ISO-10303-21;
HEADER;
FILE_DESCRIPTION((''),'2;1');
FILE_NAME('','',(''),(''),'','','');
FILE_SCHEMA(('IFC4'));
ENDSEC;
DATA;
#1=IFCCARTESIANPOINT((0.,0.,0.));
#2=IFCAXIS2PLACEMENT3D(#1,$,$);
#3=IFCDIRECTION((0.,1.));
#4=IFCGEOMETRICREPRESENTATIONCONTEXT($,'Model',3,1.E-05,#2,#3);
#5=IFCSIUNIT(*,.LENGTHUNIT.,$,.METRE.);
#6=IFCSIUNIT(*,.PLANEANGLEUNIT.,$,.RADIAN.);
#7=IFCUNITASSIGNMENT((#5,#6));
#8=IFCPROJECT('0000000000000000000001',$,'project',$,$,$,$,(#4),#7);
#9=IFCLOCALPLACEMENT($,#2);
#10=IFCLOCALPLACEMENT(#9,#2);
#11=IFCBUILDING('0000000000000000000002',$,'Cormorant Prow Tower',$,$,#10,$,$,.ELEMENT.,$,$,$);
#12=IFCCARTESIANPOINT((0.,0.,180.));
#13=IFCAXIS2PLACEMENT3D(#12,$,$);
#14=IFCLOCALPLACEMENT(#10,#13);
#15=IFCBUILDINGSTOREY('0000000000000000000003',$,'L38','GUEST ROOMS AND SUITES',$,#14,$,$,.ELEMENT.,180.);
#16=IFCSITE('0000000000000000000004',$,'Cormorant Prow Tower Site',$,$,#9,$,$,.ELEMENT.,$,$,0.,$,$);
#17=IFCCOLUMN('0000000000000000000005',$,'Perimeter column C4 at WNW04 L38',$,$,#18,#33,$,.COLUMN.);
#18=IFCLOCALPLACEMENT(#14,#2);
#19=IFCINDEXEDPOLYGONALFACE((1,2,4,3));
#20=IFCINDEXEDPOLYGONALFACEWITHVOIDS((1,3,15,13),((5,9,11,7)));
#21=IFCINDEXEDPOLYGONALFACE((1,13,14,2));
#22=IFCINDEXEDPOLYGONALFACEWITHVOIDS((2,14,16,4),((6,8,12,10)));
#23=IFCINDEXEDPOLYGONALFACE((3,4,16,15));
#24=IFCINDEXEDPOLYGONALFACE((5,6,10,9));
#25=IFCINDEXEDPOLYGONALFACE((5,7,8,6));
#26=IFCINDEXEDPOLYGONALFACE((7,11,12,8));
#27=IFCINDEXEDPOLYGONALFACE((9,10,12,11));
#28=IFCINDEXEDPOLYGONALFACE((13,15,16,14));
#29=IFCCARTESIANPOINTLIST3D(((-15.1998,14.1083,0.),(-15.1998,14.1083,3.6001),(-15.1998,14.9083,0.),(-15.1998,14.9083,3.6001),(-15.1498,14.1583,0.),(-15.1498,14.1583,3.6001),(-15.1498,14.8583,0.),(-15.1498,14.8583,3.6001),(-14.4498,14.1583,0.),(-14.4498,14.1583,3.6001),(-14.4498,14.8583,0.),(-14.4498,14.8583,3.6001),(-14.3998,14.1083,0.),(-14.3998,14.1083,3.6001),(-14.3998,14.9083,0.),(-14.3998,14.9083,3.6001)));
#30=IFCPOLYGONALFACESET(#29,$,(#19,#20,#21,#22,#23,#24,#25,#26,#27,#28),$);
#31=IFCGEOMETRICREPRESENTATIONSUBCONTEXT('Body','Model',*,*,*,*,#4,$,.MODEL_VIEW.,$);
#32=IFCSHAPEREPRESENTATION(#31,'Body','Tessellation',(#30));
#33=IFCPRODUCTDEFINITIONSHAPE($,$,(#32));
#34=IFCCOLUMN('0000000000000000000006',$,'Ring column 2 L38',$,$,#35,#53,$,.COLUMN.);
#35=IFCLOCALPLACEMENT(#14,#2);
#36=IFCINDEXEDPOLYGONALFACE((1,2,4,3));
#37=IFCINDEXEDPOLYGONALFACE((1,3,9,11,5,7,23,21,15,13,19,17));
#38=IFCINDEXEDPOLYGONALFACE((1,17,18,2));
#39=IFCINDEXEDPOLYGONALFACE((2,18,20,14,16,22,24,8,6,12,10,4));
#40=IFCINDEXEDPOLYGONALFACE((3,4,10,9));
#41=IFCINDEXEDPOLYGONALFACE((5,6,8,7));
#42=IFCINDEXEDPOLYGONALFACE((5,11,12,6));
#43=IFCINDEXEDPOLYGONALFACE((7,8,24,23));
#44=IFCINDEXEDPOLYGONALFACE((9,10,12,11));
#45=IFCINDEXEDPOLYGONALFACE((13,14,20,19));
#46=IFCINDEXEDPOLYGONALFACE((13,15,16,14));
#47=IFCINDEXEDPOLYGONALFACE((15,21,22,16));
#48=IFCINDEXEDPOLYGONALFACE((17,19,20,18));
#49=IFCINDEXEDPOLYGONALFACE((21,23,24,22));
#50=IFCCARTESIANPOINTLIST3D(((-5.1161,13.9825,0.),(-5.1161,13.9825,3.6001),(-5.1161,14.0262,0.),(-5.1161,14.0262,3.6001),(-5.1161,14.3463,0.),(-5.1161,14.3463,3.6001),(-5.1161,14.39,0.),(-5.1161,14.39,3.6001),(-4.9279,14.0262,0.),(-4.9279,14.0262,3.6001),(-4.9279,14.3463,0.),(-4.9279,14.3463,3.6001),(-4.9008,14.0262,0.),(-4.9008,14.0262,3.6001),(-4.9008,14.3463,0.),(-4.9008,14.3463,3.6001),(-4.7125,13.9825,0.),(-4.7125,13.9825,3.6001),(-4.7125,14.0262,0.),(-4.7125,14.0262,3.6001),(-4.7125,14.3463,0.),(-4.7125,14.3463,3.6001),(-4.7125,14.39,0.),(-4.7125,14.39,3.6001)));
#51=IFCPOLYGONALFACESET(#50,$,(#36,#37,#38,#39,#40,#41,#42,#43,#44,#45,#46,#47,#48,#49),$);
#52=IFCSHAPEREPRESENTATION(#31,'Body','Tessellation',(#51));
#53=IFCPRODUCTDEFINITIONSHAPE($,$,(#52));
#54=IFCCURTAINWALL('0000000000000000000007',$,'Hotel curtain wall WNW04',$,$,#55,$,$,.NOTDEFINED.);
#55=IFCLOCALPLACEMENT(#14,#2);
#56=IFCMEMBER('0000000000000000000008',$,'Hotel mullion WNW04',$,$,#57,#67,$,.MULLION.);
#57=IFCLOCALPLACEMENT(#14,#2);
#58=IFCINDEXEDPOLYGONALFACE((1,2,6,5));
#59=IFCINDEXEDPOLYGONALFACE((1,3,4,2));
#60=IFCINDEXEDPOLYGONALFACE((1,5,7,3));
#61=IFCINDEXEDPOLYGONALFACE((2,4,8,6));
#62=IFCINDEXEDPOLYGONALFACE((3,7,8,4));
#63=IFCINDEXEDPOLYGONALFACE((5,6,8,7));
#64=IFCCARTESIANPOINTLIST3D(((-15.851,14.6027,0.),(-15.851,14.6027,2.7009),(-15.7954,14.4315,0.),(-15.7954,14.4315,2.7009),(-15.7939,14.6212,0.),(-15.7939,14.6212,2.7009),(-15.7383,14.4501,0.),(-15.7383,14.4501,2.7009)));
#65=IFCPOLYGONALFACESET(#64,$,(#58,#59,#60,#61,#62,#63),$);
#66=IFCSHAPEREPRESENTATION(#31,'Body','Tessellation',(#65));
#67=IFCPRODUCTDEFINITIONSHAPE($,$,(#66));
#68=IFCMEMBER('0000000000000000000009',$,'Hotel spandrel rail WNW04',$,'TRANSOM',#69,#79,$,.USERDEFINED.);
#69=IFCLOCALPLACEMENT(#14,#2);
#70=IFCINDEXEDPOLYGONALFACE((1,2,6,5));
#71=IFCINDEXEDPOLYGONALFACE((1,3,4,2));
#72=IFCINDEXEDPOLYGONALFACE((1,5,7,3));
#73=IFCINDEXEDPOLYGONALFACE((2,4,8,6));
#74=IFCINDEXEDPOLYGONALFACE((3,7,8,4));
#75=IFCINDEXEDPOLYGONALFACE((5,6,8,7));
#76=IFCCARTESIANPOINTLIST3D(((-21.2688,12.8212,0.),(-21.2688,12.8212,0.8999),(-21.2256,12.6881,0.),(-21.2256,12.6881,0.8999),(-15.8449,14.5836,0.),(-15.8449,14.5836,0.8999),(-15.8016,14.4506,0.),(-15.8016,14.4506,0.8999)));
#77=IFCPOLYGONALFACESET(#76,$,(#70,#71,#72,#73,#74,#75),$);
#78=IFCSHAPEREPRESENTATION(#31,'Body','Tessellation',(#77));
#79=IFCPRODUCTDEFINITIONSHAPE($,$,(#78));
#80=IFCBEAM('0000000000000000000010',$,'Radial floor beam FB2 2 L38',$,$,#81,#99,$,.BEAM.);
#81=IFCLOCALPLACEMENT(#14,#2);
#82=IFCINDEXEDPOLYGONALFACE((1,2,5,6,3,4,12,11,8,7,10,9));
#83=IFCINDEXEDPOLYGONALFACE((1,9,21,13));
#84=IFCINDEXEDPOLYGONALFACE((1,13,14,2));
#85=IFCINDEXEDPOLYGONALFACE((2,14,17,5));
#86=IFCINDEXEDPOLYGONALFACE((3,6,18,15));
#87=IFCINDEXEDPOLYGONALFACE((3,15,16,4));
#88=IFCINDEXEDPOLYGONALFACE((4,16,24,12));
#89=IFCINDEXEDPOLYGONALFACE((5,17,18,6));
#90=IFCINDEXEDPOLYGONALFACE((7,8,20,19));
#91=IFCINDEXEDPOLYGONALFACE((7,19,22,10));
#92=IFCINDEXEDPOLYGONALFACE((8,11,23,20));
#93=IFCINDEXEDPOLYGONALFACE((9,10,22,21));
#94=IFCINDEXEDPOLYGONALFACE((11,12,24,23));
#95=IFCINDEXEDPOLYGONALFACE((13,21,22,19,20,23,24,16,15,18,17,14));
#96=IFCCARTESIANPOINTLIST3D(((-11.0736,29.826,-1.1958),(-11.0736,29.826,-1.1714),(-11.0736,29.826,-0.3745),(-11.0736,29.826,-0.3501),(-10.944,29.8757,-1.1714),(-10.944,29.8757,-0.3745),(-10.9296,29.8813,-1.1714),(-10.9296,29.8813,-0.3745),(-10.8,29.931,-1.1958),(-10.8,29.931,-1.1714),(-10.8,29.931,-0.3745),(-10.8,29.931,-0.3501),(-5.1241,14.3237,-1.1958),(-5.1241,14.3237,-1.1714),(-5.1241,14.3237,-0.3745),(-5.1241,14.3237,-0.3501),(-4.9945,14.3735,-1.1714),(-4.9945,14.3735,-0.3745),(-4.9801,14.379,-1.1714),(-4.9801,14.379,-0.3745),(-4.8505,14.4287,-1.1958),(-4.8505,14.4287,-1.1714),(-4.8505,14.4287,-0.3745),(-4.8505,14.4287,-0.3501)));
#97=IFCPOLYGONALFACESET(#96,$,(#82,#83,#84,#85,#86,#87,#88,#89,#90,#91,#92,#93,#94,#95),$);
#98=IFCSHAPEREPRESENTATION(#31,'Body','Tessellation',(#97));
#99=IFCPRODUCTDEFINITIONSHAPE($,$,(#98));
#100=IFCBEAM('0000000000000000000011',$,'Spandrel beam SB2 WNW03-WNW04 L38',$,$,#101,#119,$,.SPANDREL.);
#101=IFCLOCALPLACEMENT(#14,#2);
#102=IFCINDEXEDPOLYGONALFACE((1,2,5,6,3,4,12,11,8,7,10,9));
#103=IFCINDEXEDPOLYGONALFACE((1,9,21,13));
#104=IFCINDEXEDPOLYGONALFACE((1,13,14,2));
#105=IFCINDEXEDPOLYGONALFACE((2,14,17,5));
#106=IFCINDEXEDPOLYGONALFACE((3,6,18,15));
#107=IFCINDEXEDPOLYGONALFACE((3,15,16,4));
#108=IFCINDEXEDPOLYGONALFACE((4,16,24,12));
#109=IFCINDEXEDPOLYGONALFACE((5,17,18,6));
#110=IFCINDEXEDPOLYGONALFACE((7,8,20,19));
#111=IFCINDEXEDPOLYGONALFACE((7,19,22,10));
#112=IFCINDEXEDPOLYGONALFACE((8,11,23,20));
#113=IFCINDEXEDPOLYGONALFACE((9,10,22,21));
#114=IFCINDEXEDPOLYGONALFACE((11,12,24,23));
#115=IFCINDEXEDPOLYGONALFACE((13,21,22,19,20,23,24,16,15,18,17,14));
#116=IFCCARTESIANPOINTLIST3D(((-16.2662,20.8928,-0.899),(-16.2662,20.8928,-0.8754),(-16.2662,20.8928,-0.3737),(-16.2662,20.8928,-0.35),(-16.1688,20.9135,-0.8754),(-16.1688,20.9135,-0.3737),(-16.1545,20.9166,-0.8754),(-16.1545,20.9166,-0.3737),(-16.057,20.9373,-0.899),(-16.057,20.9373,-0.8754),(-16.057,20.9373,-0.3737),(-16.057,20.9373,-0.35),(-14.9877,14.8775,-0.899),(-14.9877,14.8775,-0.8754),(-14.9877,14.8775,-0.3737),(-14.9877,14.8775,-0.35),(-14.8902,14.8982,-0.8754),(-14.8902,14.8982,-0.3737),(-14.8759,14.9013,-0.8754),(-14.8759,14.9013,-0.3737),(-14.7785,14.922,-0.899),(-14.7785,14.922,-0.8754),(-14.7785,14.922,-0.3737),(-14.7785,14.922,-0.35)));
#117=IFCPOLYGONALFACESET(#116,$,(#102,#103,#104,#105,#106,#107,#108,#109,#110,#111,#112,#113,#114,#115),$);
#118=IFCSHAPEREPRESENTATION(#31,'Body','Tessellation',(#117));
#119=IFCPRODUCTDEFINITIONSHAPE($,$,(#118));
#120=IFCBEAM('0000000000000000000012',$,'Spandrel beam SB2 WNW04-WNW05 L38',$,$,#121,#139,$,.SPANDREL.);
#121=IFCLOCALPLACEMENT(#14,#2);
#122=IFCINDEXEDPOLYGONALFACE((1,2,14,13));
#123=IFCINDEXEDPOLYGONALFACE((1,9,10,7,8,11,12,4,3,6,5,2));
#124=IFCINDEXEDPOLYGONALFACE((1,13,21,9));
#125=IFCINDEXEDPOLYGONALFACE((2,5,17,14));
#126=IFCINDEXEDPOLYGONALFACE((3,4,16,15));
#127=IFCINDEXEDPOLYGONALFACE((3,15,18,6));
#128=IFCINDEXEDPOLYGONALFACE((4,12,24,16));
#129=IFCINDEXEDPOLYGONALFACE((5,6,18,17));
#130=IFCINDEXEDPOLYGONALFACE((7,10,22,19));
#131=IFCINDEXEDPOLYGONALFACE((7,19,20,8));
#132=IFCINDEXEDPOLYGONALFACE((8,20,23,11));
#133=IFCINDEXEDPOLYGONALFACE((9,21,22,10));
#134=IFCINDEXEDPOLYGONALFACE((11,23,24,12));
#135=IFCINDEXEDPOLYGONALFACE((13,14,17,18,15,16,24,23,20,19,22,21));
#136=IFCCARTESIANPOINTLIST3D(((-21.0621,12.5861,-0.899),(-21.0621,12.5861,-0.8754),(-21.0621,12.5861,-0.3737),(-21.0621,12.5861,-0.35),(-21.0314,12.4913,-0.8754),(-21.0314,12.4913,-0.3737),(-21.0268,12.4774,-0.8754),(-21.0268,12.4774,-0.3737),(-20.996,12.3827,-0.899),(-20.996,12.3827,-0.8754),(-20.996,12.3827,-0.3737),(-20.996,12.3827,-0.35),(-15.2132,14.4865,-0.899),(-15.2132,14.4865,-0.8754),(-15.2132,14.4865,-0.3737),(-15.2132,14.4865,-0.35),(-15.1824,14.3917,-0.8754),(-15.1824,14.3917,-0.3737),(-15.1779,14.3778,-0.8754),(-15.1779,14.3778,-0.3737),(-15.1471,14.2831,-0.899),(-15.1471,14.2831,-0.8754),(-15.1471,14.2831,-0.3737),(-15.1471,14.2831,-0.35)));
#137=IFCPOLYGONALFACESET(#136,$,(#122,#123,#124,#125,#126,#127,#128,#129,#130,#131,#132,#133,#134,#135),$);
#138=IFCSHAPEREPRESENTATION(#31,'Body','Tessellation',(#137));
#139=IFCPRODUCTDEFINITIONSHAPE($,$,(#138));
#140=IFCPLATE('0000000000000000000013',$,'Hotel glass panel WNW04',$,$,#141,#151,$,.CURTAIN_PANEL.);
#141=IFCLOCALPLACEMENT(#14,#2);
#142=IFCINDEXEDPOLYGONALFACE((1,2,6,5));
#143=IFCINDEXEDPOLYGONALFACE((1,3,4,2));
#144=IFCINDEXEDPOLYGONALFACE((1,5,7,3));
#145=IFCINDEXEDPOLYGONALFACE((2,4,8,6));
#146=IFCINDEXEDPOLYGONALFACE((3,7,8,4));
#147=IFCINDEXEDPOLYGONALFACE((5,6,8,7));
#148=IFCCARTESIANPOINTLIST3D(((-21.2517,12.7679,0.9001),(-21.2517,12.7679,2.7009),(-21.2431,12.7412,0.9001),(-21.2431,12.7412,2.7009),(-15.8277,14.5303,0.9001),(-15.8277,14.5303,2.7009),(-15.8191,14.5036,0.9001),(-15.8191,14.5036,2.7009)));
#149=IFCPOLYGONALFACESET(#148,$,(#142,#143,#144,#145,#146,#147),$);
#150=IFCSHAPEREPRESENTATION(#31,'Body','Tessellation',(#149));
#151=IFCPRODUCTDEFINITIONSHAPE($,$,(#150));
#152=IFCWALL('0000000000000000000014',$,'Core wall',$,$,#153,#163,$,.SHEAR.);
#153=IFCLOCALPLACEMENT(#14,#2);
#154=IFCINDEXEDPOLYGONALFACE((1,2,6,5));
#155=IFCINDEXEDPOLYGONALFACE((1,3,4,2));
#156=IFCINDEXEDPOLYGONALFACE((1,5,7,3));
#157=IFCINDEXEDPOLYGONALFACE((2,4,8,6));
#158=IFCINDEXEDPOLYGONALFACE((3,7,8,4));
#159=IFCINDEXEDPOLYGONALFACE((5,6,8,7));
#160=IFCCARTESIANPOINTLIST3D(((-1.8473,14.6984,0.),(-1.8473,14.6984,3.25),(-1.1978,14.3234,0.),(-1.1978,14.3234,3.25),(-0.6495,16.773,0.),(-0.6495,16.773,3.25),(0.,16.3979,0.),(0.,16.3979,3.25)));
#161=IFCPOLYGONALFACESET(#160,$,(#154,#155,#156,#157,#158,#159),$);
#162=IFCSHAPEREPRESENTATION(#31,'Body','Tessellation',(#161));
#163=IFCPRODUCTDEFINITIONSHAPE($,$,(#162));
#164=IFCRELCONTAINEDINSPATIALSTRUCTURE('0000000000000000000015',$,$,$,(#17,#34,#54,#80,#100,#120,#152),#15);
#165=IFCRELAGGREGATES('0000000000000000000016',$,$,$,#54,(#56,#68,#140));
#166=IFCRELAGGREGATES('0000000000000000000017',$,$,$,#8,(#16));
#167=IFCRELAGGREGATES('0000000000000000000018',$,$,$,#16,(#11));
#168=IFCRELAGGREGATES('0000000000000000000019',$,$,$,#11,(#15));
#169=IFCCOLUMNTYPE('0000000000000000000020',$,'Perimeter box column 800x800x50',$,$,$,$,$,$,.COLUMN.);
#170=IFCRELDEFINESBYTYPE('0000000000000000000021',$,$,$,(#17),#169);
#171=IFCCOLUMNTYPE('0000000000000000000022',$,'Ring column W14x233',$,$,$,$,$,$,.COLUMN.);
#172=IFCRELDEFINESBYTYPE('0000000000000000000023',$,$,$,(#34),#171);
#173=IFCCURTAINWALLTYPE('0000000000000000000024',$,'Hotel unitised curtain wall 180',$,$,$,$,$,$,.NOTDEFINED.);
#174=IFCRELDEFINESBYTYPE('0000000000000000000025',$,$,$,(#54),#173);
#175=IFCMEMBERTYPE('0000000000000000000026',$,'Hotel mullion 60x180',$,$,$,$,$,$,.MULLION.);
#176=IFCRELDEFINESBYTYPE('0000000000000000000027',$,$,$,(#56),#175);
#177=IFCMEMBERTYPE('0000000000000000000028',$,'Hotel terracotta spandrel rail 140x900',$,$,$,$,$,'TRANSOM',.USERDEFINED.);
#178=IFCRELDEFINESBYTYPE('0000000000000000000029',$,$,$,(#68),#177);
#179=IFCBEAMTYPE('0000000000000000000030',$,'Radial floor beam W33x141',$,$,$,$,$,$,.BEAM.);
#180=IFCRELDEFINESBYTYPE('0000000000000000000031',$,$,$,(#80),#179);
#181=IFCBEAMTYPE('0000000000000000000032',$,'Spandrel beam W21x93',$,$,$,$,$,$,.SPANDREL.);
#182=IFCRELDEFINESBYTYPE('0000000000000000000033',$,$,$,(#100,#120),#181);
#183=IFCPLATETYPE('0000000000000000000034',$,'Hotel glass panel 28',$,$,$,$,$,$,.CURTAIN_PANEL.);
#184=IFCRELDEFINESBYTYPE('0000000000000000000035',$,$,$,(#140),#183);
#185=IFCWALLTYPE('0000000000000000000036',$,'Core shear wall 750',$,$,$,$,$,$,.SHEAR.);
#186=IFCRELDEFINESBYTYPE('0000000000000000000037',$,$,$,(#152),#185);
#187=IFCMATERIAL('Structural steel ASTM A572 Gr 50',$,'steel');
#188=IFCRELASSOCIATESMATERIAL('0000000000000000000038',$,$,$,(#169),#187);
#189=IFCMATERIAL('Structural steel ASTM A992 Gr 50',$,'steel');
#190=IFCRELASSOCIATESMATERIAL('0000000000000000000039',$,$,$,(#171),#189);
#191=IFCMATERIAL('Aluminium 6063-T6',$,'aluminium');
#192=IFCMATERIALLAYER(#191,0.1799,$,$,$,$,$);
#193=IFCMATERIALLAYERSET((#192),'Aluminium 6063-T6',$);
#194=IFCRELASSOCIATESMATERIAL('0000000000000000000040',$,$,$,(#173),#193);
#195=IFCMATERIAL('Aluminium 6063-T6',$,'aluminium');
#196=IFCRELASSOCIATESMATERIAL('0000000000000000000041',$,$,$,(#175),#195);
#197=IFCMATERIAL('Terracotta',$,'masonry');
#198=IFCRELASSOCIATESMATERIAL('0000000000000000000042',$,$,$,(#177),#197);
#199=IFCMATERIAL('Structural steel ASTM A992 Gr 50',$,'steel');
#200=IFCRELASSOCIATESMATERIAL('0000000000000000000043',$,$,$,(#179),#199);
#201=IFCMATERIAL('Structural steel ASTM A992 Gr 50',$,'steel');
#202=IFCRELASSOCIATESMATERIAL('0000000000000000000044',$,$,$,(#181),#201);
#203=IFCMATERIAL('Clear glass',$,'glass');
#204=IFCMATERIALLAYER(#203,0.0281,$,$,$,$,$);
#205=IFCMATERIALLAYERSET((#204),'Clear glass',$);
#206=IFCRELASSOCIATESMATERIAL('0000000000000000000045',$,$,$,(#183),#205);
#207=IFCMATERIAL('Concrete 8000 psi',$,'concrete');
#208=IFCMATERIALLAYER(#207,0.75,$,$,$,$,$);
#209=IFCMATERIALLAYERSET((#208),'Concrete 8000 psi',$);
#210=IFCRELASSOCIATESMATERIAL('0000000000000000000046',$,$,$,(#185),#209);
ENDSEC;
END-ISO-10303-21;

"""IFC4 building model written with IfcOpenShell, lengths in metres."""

from ifc_helpers import new_model, si_unit, direction, frame, frame_2d, origin, origin_2d, place, context, subcontext, project, spatial, rectangle, hollow_rectangle, i_section, extrude, material, layer, layer_set, material_profile, profile_set, type_object, element, aggregate, save


model = new_model("IFC4")

# Units and contexts
model_context = context("Model", 3, precision=1e-05, world=origin(), true_north=direction((0.0, 1.0)))
body_context = subcontext(model_context, "Body", "Model", "MODEL_VIEW")
ifc_project = project(units=[si_unit("LENGTHUNIT", "METRE"), si_unit("PLANEANGLEUNIT", "RADIAN")], contexts=[model_context])

# Site, building, storey
site_placement = place(None, origin())
site = spatial("IfcSite", under=ifc_project, at=site_placement, Name="Cormorant Prow Tower Site", CompositionType="ELEMENT", RefElevation=0.0)
building_placement = place(site_placement, origin())
building = spatial("IfcBuilding", under=site, at=building_placement, Name="Cormorant Prow Tower", CompositionType="ELEMENT")
storey_placement = place(building_placement, frame((0.0, 0.0, 180.0)))
storey = spatial("IfcBuildingStorey", under=building, at=storey_placement, Name="L38", Description="GUEST ROOMS AND SUITES", CompositionType="ELEMENT", Elevation=180.0)

# Columns
ifc_material_1 = material(Name="Structural steel ASTM A572 Gr 50", Category="steel")
ifc_material_profile_1 = material_profile(ifc_material_1, hollow_rectangle(XDim=0.8, YDim=0.8, WallThickness=0.05, at=origin_2d()), Name="Box 800x800x50")
ifc_profile_set_1 = profile_set([ifc_material_profile_1], Name="Structural steel ASTM A572 Gr 50")
column_type_1 = type_object("IfcColumnType", Name="Perimeter box column 800x800x50", PredefinedType="COLUMN", material=ifc_profile_set_1)
column_1_placement = place(storey_placement, frame((-14.7998, 14.5083, 0.0), z_axis=(0.0, 0.0, 1.0), x_axis=(1.0, 0.0, 0.0)))
element("IfcColumn", 1, at=column_1_placement, inside=storey, type_object=column_type_1, Name="Perimeter column C4 at WNW04 L38", PredefinedType="COLUMN", context=body_context, shape_type="SweptSolid", body=[
    extrude(hollow_rectangle(XDim=0.8, YDim=0.8, WallThickness=0.05, at=origin_2d()), origin(), (0.0, 0.0, 1.0), 3.6001),
])
ifc_material_2 = material(Name="Structural steel ASTM A992 Gr 50", Category="steel")
ifc_material_profile_2 = material_profile(ifc_material_2, i_section(OverallWidth=0.4036, OverallDepth=0.4075, WebThickness=0.0271, FlangeThickness=0.0437, at=origin_2d()), Name="W14x233")
ifc_profile_set_2 = profile_set([ifc_material_profile_2], Name="Structural steel ASTM A992 Gr 50")
column_type_2 = type_object("IfcColumnType", Name="Ring column W14x233", PredefinedType="COLUMN", material=ifc_profile_set_2)
column_2_placement = place(storey_placement, frame((-4.9143, 14.1863, 0.0), z_axis=(0.0, 0.0, 1.0), x_axis=(1.0, 0.0, 0.0)))
element("IfcColumn", 2, at=column_2_placement, inside=storey, type_object=column_type_2, Name="Ring column 2 L38", PredefinedType="COLUMN", context=body_context, shape_type="SweptSolid", body=[
    extrude(i_section(OverallWidth=0.4036, OverallDepth=0.4075, WebThickness=0.0271, FlangeThickness=0.0437, at=origin_2d()), origin(), (0.0, 0.0, 1.0), 3.6001),
])

# Curtain wall, members
ifc_material_3 = material(Name="Aluminium 6063-T6", Category="aluminium")
ifc_layer_1 = layer(ifc_material_3, 0.1799)
ifc_layer_set_1 = layer_set([ifc_layer_1], Name="Aluminium 6063-T6")
curtain_wall_type = type_object("IfcCurtainWallType", Name="Hotel unitised curtain wall 180", PredefinedType="NOTDEFINED", material=ifc_layer_set_1)
curtain_wall_placement = place(storey_placement, origin())
curtain_wall = element("IfcCurtainWall", 3, at=curtain_wall_placement, inside=storey, type_object=curtain_wall_type, Name="Hotel curtain wall WNW04", PredefinedType="NOTDEFINED")
ifc_material_4 = material(Name="Aluminium 6063-T6", Category="aluminium")
ifc_material_profile_3 = material_profile(ifc_material_4, rectangle(XDim=0.1799, YDim=0.0601, at=origin_2d()), Name="Hotel mullion 60x180")
ifc_profile_set_3 = profile_set([ifc_material_profile_3], Name="Aluminium 6063-T6")
member_type_1 = type_object("IfcMemberType", Name="Hotel mullion 60x180", PredefinedType="MULLION", material=ifc_profile_set_3)
member_1_placement = place(storey_placement, frame((-15.7947, 14.5264, 0.0), z_axis=(0.0, 0.0, 1.0), x_axis=(0.309017, -0.951056, 0.0)))
member_1 = element("IfcMember", 4, at=member_1_placement, type_object=member_type_1, Name="Hotel mullion WNW04", PredefinedType="MULLION", context=body_context, shape_type="SweptSolid", body=[
    extrude(rectangle(XDim=0.1799, YDim=0.0601, at=origin_2d()), origin(), (0.0, 0.0, 1.0), 2.7009),
])
ifc_material_5 = material(Name="Terracotta", Category="masonry")
ifc_material_profile_4 = material_profile(ifc_material_5, rectangle(XDim=0.1399, YDim=0.8999, at=origin_2d()), Name="Hotel terracotta spandrel rail 140x900")
ifc_profile_set_4 = profile_set([ifc_material_profile_4], Name="Terracotta")
member_type_2 = type_object("IfcMemberType", Name="Hotel terracotta spandrel rail 140x900", ElementType="TRANSOM", PredefinedType="USERDEFINED", material=ifc_profile_set_4)
member_2_placement = place(storey_placement, frame((-15.8232, 14.5171, 0.45), z_axis=(-0.951053, -0.309027, 0.0), x_axis=(0.309027, -0.951053, 0.0)))
member_2 = element("IfcMember", 5, at=member_2_placement, type_object=member_type_2, Name="Hotel spandrel rail WNW04", ObjectType="TRANSOM", PredefinedType="USERDEFINED", context=body_context, shape_type="SweptSolid", body=[
    extrude(rectangle(XDim=0.1399, YDim=0.8999, at=origin_2d()), origin(), (0.0, 0.0, 1.0), 5.7031),
])

# Beams
ifc_material_6 = material(Name="Structural steel ASTM A992 Gr 50", Category="steel")
ifc_material_profile_5 = material_profile(ifc_material_6, i_section(OverallWidth=0.293, OverallDepth=0.8457, WebThickness=0.0154, FlangeThickness=0.0244, at=origin_2d()), Name="W33x141")
ifc_profile_set_5 = profile_set([ifc_material_profile_5], Name="Structural steel ASTM A992 Gr 50")
beam_type_1 = type_object("IfcBeamType", Name="Radial floor beam W33x141", PredefinedType="BEAM", material=ifc_profile_set_5)
beam_1_placement = place(storey_placement, frame((-4.9873, 14.3762, -0.7729), z_axis=(-0.358301, 0.933606, 0.0), x_axis=(-0.933606, -0.358301, 0.0)))
element("IfcBeam", 6, at=beam_1_placement, inside=storey, type_object=beam_type_1, Name="Radial floor beam FB2 2 L38", PredefinedType="BEAM", context=body_context, shape_type="SweptSolid", body=[
    extrude(i_section(OverallWidth=0.293, OverallDepth=0.8457, WebThickness=0.0154, FlangeThickness=0.0244, at=origin_2d()), origin(), (0.0, 0.0, 1.0), 16.6047),
])
ifc_material_7 = material(Name="Structural steel ASTM A992 Gr 50", Category="steel")
ifc_material_profile_6 = material_profile(ifc_material_7, i_section(OverallWidth=0.2139, OverallDepth=0.5491, WebThickness=0.0146, FlangeThickness=0.0237, at=origin_2d()), Name="W21x93")
ifc_profile_set_6 = profile_set([ifc_material_profile_6], Name="Structural steel ASTM A992 Gr 50")
beam_type_2 = type_object("IfcBeamType", Name="Spandrel beam W21x93", PredefinedType="SPANDREL", material=ifc_profile_set_6)
beam_2_placement = place(storey_placement, frame((-16.1616, 20.915, -0.6245), z_axis=(0.207905, -0.978149, 0.0), x_axis=(0.978149, 0.207905, 0.0)))
element("IfcBeam", 7, at=beam_2_placement, inside=storey, type_object=beam_type_2, Name="Spandrel beam SB2 WNW03-WNW04 L38", PredefinedType="SPANDREL", context=body_context, shape_type="SweptSolid", body=[
    extrude(i_section(OverallWidth=0.2139, OverallDepth=0.5491, WebThickness=0.0146, FlangeThickness=0.0237, at=origin_2d()), origin(), (0.0, 0.0, 1.0), 6.1497),
])
beam_3_placement = place(storey_placement, frame((-15.1802, 14.3848, -0.6245), z_axis=(-0.951058, -0.309013, 0.0), x_axis=(0.309013, -0.951058, 0.0)))
element("IfcBeam", 8, at=beam_3_placement, inside=storey, type_object=beam_type_2, Name="Spandrel beam SB2 WNW04-WNW05 L38", PredefinedType="SPANDREL", context=body_context, shape_type="SweptSolid", body=[
    extrude(i_section(OverallWidth=0.2139, OverallDepth=0.5491, WebThickness=0.0146, FlangeThickness=0.0237, at=origin_2d()), origin(), (0.0, 0.0, 1.0), 6.1499),
])

# Plate
ifc_material_8 = material(Name="Clear glass", Category="glass")
ifc_layer_2 = layer(ifc_material_8, 0.0281)
ifc_layer_set_2 = layer_set([ifc_layer_2], Name="Clear glass")
plate_type = type_object("IfcPlateType", Name="Hotel glass panel 28", PredefinedType="CURTAIN_PANEL", material=ifc_layer_set_2)
plate_placement = place(storey_placement, frame((-18.5354, 13.6357, 0.9001), z_axis=(0.0, 0.0, 1.0), x_axis=(-0.951056, -0.309017, 0.0)))
plate = element("IfcPlate", 9, at=plate_placement, type_object=plate_type, Name="Hotel glass panel WNW04", PredefinedType="CURTAIN_PANEL", context=body_context, shape_type="SweptSolid", body=[
    extrude(rectangle(XDim=5.7031, YDim=0.0281, at=origin_2d()), origin(), (0.0, 0.0, 1.0), 1.8008),
])
aggregate(curtain_wall, [member_1, member_2, plate])

# Wall
ifc_material_9 = material(Name="Concrete 8000 psi", Category="concrete")
ifc_layer_3 = layer(ifc_material_9, 0.75)
ifc_layer_set_3 = layer_set([ifc_layer_3], Name="Concrete 8000 psi")
wall_type_1 = type_object("IfcWallType", Name="Core shear wall 750", PredefinedType="SHEAR", material=ifc_layer_set_3)
wall_1_placement = place(storey_placement, frame((-0.3247, 16.5854, 0.0), z_axis=(0.0, 0.0, 1.0), x_axis=(-0.500019, -0.866014, 0.0)))
element("IfcWall", 10, at=wall_1_placement, inside=storey, type_object=wall_type_1, Name="Core wall", PredefinedType="SHEAR", context=body_context, shape_type="SweptSolid", body=[
    extrude(rectangle(XDim=2.3955, YDim=0.75, at=frame_2d((1.1978, 0.0))), origin(), (0.0, 0.0, 1.0), 3.25),
])

save(model, "model.ifc")
